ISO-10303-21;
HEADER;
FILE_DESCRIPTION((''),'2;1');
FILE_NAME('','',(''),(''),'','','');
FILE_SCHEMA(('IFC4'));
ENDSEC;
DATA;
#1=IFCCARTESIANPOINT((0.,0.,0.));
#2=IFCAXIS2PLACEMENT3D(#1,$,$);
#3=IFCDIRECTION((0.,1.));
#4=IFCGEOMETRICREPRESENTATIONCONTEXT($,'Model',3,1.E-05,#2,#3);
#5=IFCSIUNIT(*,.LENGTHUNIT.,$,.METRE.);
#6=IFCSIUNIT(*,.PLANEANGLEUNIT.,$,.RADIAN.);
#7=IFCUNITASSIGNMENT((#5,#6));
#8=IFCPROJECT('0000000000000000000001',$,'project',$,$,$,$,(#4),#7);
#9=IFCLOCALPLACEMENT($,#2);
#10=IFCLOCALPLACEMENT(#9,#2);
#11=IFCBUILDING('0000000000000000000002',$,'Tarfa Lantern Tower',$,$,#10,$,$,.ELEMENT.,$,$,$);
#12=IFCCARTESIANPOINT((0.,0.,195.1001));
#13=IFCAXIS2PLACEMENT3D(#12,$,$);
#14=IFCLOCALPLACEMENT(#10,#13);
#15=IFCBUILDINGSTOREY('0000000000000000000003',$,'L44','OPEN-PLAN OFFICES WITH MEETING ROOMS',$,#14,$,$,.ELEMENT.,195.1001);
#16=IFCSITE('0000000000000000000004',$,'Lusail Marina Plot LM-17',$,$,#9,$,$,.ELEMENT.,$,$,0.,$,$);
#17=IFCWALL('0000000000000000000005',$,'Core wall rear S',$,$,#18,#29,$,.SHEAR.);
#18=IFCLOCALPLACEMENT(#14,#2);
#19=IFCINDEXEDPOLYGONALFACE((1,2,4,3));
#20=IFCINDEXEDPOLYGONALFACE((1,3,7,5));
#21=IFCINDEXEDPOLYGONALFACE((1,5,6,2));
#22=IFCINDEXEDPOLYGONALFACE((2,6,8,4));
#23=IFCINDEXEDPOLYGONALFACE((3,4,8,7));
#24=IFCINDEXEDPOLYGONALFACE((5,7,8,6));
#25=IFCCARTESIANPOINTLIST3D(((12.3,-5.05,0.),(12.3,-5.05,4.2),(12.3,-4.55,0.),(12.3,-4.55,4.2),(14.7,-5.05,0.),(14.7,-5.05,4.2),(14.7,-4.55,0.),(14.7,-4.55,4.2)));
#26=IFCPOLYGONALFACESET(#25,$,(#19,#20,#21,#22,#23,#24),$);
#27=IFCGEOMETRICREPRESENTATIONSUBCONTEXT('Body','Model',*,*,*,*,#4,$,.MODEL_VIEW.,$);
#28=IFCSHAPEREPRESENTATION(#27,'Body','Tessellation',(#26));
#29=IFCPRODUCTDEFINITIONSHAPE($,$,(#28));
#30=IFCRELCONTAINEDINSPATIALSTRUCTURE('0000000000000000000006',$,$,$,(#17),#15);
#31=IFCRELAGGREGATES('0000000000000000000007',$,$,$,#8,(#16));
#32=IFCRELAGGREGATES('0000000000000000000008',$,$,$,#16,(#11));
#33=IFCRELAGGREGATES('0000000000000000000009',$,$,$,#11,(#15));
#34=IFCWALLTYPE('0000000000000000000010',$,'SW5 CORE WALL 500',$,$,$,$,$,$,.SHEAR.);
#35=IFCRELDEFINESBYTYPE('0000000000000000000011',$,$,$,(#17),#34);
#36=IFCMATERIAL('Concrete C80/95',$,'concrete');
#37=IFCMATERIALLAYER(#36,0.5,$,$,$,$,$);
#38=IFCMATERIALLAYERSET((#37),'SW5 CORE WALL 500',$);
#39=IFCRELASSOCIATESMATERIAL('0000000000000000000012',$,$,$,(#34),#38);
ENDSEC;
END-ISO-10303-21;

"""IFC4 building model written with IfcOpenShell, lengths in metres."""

from ifc_helpers import new_model, si_unit, direction, frame, frame_2d, origin, place, context, subcontext, project, spatial, rectangle, extrude, material, layer, layer_set, type_object, element, save


model = new_model("IFC4")

# Units and contexts
model_context = context("Model", 3, precision=1e-05, world=origin(), true_north=direction((0.0, 1.0)))
body_context = subcontext(model_context, "Body", "Model", "MODEL_VIEW")
ifc_project = project(units=[si_unit("LENGTHUNIT", "METRE"), si_unit("PLANEANGLEUNIT", "RADIAN")], contexts=[model_context])

# Site, building, storey
site_placement = place(None, origin())
site = spatial("IfcSite", under=ifc_project, at=site_placement, Name="Lusail Marina Plot LM-17", CompositionType="ELEMENT", RefElevation=0.0)
building_placement = place(site_placement, origin())
building = spatial("IfcBuilding", under=site, at=building_placement, Name="Tarfa Lantern Tower", CompositionType="ELEMENT")
storey_placement = place(building_placement, frame((0.0, 0.0, 195.1001)))
storey = spatial("IfcBuildingStorey", under=building, at=storey_placement, Name="L44", Description="OPEN-PLAN OFFICES WITH MEETING ROOMS", CompositionType="ELEMENT", Elevation=195.1001)

# Shared definitions
ifc_material_1 = material(Name="Concrete C80/95", Category="concrete")

# Shared definitions
ifc_layer_1 = layer(ifc_material_1, 0.5)
ifc_layer_set_1 = layer_set([ifc_layer_1], Name="SW5 CORE WALL 500")
wall_type_1 = type_object("IfcWallType", Name="SW5 CORE WALL 500", PredefinedType="SHEAR", material=ifc_layer_set_1)

# Wall
wall_1_placement = place(storey_placement, frame((14.7, -4.8, 0.0), z_axis=(0.0, 0.0, 1.0), x_axis=(-1.0, 0.0, 0.0)))
element("IfcWall", 1, at=wall_1_placement, inside=storey, type_object=wall_type_1, Name="Core wall rear S", PredefinedType="SHEAR", context=body_context, shape_type="SweptSolid", body=[
    extrude(rectangle(XDim=2.3999, YDim=0.5, at=frame_2d((1.2, 0.0))), origin(), (0.0, 0.0, 1.0), 4.2),
])

save(model, "model.ifc")
